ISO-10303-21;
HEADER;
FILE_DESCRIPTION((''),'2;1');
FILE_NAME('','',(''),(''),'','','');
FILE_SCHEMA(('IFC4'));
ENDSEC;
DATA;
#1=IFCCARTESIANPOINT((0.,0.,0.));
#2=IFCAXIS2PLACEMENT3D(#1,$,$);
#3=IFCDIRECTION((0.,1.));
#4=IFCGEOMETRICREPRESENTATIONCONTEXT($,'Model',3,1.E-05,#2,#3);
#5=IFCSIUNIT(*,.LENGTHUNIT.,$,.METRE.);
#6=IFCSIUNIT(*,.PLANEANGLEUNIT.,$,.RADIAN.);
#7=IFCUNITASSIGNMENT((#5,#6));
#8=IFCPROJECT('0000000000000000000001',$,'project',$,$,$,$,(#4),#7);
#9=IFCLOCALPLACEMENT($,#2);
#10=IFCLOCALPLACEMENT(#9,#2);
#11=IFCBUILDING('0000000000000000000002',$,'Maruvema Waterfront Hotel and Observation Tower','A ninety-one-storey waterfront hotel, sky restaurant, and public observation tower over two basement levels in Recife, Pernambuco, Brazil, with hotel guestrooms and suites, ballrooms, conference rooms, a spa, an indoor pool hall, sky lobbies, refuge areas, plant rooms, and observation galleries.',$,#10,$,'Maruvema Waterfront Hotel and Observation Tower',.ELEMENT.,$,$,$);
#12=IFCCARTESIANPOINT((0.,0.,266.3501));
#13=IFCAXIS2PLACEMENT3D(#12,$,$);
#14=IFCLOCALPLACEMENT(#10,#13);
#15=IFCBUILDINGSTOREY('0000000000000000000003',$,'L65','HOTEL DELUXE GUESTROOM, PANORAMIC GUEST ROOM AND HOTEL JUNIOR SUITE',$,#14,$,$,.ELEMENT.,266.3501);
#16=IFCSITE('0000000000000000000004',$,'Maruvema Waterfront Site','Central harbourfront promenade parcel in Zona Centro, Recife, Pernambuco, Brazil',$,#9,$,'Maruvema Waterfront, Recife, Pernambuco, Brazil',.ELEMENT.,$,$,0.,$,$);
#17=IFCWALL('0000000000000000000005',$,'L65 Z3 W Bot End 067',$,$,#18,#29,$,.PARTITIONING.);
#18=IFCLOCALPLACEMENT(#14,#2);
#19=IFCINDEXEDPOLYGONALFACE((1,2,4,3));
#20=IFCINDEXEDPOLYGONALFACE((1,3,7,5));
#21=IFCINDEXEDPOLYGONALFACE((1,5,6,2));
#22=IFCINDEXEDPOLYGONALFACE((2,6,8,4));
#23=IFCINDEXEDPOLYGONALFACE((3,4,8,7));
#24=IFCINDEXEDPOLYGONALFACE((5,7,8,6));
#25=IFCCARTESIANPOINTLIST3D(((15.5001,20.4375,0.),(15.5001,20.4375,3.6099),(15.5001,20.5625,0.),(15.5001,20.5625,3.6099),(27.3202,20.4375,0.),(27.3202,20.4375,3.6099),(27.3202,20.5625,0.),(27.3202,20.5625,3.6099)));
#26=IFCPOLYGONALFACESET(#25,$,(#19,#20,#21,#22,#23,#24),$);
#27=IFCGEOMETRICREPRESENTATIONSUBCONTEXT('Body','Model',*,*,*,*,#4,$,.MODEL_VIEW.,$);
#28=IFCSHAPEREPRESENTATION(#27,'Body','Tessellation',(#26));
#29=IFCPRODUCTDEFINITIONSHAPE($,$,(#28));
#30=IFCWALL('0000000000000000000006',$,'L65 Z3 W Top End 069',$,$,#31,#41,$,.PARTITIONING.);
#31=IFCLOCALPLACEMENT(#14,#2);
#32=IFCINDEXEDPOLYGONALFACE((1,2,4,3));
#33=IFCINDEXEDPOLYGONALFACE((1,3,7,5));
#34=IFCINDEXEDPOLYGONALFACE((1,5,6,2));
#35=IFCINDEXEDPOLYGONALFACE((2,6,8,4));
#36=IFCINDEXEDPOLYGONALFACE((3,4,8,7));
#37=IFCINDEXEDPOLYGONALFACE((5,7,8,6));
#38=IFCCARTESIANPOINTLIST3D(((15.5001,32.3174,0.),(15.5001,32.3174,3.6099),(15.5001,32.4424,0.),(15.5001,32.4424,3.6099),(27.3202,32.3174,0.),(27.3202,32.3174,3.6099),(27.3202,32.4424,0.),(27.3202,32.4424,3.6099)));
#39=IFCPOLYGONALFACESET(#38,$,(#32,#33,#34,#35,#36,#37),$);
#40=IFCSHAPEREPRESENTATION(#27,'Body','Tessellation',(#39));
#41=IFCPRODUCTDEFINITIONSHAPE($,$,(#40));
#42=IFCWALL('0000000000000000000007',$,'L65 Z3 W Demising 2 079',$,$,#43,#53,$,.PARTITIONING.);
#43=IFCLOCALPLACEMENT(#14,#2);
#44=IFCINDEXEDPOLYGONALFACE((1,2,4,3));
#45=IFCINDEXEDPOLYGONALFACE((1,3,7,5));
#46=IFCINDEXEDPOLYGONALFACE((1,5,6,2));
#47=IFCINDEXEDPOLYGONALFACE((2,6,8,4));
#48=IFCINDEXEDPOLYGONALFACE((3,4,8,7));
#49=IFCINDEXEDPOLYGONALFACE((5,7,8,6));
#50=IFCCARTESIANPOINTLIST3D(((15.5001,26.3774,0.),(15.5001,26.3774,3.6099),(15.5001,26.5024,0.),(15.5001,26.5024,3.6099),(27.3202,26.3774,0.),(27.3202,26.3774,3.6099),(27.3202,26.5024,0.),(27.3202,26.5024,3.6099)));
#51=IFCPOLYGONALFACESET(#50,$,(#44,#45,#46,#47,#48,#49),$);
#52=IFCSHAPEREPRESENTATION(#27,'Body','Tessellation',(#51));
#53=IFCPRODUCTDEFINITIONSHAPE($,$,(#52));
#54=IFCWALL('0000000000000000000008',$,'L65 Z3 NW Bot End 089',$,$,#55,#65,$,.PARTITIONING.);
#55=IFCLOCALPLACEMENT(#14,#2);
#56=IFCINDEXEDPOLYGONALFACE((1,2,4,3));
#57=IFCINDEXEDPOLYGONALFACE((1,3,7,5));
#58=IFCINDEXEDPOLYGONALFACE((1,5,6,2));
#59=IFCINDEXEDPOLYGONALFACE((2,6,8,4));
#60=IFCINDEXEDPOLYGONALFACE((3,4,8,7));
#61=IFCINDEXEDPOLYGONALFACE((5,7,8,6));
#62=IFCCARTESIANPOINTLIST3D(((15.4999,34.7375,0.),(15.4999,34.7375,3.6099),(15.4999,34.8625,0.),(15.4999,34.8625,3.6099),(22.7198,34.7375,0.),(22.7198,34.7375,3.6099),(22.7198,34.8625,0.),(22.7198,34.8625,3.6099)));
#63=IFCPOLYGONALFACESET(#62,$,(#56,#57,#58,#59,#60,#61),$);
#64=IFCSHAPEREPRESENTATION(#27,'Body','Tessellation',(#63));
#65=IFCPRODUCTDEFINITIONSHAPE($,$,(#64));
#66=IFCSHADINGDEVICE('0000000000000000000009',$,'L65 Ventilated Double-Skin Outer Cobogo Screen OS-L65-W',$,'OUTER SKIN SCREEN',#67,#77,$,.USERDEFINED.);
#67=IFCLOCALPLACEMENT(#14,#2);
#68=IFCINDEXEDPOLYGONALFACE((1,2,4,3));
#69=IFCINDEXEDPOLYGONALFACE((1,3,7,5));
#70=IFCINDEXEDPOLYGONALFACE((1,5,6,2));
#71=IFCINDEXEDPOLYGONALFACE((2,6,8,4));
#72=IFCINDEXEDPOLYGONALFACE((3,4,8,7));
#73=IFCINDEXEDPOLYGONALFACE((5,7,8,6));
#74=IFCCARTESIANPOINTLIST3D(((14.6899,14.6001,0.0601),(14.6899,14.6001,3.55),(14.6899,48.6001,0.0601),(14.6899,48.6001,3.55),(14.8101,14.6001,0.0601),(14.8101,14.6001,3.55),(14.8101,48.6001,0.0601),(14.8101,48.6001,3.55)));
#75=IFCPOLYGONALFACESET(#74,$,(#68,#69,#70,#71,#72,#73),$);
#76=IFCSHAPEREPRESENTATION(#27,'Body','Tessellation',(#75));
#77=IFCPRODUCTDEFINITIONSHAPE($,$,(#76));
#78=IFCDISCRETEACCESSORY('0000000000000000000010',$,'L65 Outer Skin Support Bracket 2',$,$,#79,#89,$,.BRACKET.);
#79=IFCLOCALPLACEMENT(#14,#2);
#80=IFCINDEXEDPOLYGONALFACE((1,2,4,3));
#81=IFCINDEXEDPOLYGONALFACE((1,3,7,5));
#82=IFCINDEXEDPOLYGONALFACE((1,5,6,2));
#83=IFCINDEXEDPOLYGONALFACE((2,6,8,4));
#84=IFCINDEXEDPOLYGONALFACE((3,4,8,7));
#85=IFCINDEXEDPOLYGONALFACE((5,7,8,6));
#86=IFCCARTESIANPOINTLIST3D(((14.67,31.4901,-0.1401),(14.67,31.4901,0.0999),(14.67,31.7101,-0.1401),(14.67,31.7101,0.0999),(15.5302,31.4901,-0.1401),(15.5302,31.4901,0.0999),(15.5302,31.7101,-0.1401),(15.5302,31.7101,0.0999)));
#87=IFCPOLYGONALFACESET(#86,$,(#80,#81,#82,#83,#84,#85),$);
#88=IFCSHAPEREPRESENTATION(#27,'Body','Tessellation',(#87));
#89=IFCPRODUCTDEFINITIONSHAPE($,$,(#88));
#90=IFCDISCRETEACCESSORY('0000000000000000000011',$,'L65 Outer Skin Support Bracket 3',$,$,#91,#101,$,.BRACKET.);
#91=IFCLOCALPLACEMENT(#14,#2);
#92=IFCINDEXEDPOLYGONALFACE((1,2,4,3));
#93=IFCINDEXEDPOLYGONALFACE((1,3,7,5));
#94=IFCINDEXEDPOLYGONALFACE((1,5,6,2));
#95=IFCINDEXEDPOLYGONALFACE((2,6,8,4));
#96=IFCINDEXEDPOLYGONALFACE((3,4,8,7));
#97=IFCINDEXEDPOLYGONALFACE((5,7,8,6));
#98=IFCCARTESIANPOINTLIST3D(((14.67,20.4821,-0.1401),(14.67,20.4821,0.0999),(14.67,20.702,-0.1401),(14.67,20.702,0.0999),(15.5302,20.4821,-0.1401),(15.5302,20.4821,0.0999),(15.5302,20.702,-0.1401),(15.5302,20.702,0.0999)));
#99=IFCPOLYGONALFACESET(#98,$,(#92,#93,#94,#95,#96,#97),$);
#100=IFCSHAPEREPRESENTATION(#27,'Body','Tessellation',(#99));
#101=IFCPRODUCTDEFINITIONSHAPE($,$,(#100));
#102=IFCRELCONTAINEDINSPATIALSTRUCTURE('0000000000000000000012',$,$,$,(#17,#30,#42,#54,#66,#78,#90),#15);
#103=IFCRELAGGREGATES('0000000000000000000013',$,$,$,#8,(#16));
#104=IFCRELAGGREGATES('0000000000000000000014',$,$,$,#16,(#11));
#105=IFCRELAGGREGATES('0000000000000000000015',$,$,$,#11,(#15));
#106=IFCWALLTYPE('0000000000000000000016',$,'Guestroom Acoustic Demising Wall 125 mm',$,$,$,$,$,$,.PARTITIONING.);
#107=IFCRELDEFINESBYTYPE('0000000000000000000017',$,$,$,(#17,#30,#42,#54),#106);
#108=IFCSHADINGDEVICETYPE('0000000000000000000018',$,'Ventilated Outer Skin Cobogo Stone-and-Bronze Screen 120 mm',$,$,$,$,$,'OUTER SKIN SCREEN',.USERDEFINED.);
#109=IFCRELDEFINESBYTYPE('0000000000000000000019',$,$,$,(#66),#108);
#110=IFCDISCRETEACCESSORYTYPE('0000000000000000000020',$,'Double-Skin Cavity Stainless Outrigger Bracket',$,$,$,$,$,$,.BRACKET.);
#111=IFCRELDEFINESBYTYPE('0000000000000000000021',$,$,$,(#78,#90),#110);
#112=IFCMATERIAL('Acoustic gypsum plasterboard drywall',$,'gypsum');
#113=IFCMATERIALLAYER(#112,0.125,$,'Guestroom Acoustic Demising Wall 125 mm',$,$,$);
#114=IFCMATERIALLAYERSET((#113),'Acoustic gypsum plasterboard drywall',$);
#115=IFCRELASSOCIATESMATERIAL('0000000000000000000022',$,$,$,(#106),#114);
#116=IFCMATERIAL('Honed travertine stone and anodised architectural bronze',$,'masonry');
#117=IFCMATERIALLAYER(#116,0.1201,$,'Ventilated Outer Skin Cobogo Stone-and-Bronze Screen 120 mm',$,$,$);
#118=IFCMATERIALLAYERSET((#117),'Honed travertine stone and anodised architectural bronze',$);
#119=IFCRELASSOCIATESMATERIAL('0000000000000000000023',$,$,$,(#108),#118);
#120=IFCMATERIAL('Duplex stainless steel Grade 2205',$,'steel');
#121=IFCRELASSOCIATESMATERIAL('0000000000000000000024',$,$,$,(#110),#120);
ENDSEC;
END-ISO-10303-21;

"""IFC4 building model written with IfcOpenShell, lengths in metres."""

from ifc_helpers import new_model, si_unit, direction, frame, frame_2d, origin, origin_2d, place, context, subcontext, project, spatial, rectangle, extrude, material, layer, layer_set, type_object, element, save


model = new_model("IFC4")

# Units and contexts
model_context = context("Model", 3, precision=1e-05, world=origin(), true_north=direction((0.0, 1.0)))
body_context = subcontext(model_context, "Body", "Model", "MODEL_VIEW")
ifc_project = project(units=[si_unit("LENGTHUNIT", "METRE"), si_unit("PLANEANGLEUNIT", "RADIAN")], contexts=[model_context])

# Site, building, storey
site_placement = place(None, origin())
site = spatial("IfcSite", under=ifc_project, at=site_placement, Name="Maruvema Waterfront Site", Description="Central harbourfront promenade parcel in Zona Centro, Recife, Pernambuco, Brazil", LongName="Maruvema Waterfront, Recife, Pernambuco, Brazil", CompositionType="ELEMENT", RefElevation=0.0)
building_placement = place(site_placement, origin())
building = spatial("IfcBuilding", under=site, at=building_placement, Name="Maruvema Waterfront Hotel and Observation Tower", Description="A ninety-one-storey waterfront hotel, sky restaurant, and public observation tower over two basement levels in Recife, Pernambuco, Brazil, with hotel guestrooms and suites, ballrooms, conference rooms, a spa, an indoor pool hall, sky lobbies, refuge areas, plant rooms, and observation galleries.", LongName="Maruvema Waterfront Hotel and Observation Tower", CompositionType="ELEMENT")
storey_placement = place(building_placement, frame((0.0, 0.0, 266.3501)))
storey = spatial("IfcBuildingStorey", under=building, at=storey_placement, Name="L65", Description="HOTEL DELUXE GUESTROOM, PANORAMIC GUEST ROOM AND HOTEL JUNIOR SUITE", CompositionType="ELEMENT", Elevation=266.3501)

# Walls
ifc_material_1 = material(Name="Acoustic gypsum plasterboard drywall", Category="gypsum")
ifc_layer_1 = layer(ifc_material_1, 0.125, Name="Guestroom Acoustic Demising Wall 125 mm")
ifc_layer_set_1 = layer_set([ifc_layer_1], Name="Acoustic gypsum plasterboard drywall")
wall_type_1 = type_object("IfcWallType", Name="Guestroom Acoustic Demising Wall 125 mm", PredefinedType="PARTITIONING", material=ifc_layer_set_1)
for number, where, z_axis, x_axis, name in (
    (1, (15.5, 20.5, 0.0), (0.0, 0.0, 1.0), (1.0, 0.0, 0.0), "L65 Z3 W Bot End 067"),
    (2, (15.5, 32.3799, 0.0), (0.0, 0.0, 1.0), (1.0, 0.0, 0.0), "L65 Z3 W Top End 069"),
    (3, (15.5, 26.4399, 0.0), (0.0, 0.0, 1.0), (1.0, 0.0, 0.0), "L65 Z3 W Demising 2 079"),
):
    element("IfcWall", number, at=place(storey_placement, frame(where, z_axis=z_axis, x_axis=x_axis)), inside=storey, type_object=wall_type_1, Name=name, PredefinedType="PARTITIONING", context=body_context, shape_type="SweptSolid", body=[
        extrude(rectangle(XDim=11.8201, YDim=0.125, at=frame_2d((5.9102, 0.0))), origin(), (0.0, 0.0, 1.0), 3.6099),
    ])
wall_1_placement = place(storey_placement, frame((15.5, 34.8, 0.0), z_axis=(0.0, 0.0, 1.0), x_axis=(1.0, 0.0, 0.0)))
element("IfcWall", 4, at=wall_1_placement, inside=storey, type_object=wall_type_1, Name="L65 Z3 NW Bot End 089", PredefinedType="PARTITIONING", context=body_context, shape_type="SweptSolid", body=[
    extrude(rectangle(XDim=7.22, YDim=0.125, at=frame_2d((3.6099, 0.0))), origin(), (0.0, 0.0, 1.0), 3.6099),
])

# Shading device
ifc_material_2 = material(Name="Honed travertine stone and anodised architectural bronze", Category="masonry")
ifc_layer_2 = layer(ifc_material_2, 0.1201, Name="Ventilated Outer Skin Cobogo Stone-and-Bronze Screen 120 mm")
ifc_layer_set_2 = layer_set([ifc_layer_2], Name="Honed travertine stone and anodised architectural bronze")
shading_device_type = type_object("IfcShadingDeviceType", Name="Ventilated Outer Skin Cobogo Stone-and-Bronze Screen 120 mm", ElementType="OUTER SKIN SCREEN", PredefinedType="USERDEFINED", material=ifc_layer_set_2)
shading_device_placement = place(storey_placement, frame((14.75, 31.6001, 0.0601), z_axis=(0.0, 0.0, 1.0), x_axis=(0.0, -1.0, 0.0)))
element("IfcShadingDevice", 5, at=shading_device_placement, inside=storey, type_object=shading_device_type, Name="L65 Ventilated Double-Skin Outer Cobogo Screen OS-L65-W", ObjectType="OUTER SKIN SCREEN", PredefinedType="USERDEFINED", context=body_context, shape_type="SweptSolid", body=[
    extrude(rectangle(XDim=34.0, YDim=0.1201, at=origin_2d()), origin(), (0.0, 0.0, 1.0), 3.49),
])

# Discrete accessories
ifc_material_3 = material(Name="Duplex stainless steel Grade 2205", Category="steel")
discrete_accessory_type = type_object("IfcDiscreteAccessoryType", Name="Double-Skin Cavity Stainless Outrigger Bracket", PredefinedType="BRACKET", material=ifc_material_3)
for number, where, z_axis, x_axis, name in (
    (6, (15.1001, 31.6001, -0.1401), (0.0, 0.0, 1.0), (0.0, -1.0, 0.0), "L65 Outer Skin Support Bracket 2"),
    (7, (15.1001, 20.592, -0.1401), (0.0, 0.0, 1.0), (0.0, -1.0, 0.0), "L65 Outer Skin Support Bracket 3"),
):
    element("IfcDiscreteAccessory", number, at=place(storey_placement, frame(where, z_axis=z_axis, x_axis=x_axis)), inside=storey, type_object=discrete_accessory_type, Name=name, PredefinedType="BRACKET", context=body_context, shape_type="SweptSolid", body=[
        extrude(rectangle(XDim=0.22, YDim=0.8601, at=origin_2d()), origin(), (0.0, 0.0, 1.0), 0.24),
    ])

save(model, "model.ifc")
